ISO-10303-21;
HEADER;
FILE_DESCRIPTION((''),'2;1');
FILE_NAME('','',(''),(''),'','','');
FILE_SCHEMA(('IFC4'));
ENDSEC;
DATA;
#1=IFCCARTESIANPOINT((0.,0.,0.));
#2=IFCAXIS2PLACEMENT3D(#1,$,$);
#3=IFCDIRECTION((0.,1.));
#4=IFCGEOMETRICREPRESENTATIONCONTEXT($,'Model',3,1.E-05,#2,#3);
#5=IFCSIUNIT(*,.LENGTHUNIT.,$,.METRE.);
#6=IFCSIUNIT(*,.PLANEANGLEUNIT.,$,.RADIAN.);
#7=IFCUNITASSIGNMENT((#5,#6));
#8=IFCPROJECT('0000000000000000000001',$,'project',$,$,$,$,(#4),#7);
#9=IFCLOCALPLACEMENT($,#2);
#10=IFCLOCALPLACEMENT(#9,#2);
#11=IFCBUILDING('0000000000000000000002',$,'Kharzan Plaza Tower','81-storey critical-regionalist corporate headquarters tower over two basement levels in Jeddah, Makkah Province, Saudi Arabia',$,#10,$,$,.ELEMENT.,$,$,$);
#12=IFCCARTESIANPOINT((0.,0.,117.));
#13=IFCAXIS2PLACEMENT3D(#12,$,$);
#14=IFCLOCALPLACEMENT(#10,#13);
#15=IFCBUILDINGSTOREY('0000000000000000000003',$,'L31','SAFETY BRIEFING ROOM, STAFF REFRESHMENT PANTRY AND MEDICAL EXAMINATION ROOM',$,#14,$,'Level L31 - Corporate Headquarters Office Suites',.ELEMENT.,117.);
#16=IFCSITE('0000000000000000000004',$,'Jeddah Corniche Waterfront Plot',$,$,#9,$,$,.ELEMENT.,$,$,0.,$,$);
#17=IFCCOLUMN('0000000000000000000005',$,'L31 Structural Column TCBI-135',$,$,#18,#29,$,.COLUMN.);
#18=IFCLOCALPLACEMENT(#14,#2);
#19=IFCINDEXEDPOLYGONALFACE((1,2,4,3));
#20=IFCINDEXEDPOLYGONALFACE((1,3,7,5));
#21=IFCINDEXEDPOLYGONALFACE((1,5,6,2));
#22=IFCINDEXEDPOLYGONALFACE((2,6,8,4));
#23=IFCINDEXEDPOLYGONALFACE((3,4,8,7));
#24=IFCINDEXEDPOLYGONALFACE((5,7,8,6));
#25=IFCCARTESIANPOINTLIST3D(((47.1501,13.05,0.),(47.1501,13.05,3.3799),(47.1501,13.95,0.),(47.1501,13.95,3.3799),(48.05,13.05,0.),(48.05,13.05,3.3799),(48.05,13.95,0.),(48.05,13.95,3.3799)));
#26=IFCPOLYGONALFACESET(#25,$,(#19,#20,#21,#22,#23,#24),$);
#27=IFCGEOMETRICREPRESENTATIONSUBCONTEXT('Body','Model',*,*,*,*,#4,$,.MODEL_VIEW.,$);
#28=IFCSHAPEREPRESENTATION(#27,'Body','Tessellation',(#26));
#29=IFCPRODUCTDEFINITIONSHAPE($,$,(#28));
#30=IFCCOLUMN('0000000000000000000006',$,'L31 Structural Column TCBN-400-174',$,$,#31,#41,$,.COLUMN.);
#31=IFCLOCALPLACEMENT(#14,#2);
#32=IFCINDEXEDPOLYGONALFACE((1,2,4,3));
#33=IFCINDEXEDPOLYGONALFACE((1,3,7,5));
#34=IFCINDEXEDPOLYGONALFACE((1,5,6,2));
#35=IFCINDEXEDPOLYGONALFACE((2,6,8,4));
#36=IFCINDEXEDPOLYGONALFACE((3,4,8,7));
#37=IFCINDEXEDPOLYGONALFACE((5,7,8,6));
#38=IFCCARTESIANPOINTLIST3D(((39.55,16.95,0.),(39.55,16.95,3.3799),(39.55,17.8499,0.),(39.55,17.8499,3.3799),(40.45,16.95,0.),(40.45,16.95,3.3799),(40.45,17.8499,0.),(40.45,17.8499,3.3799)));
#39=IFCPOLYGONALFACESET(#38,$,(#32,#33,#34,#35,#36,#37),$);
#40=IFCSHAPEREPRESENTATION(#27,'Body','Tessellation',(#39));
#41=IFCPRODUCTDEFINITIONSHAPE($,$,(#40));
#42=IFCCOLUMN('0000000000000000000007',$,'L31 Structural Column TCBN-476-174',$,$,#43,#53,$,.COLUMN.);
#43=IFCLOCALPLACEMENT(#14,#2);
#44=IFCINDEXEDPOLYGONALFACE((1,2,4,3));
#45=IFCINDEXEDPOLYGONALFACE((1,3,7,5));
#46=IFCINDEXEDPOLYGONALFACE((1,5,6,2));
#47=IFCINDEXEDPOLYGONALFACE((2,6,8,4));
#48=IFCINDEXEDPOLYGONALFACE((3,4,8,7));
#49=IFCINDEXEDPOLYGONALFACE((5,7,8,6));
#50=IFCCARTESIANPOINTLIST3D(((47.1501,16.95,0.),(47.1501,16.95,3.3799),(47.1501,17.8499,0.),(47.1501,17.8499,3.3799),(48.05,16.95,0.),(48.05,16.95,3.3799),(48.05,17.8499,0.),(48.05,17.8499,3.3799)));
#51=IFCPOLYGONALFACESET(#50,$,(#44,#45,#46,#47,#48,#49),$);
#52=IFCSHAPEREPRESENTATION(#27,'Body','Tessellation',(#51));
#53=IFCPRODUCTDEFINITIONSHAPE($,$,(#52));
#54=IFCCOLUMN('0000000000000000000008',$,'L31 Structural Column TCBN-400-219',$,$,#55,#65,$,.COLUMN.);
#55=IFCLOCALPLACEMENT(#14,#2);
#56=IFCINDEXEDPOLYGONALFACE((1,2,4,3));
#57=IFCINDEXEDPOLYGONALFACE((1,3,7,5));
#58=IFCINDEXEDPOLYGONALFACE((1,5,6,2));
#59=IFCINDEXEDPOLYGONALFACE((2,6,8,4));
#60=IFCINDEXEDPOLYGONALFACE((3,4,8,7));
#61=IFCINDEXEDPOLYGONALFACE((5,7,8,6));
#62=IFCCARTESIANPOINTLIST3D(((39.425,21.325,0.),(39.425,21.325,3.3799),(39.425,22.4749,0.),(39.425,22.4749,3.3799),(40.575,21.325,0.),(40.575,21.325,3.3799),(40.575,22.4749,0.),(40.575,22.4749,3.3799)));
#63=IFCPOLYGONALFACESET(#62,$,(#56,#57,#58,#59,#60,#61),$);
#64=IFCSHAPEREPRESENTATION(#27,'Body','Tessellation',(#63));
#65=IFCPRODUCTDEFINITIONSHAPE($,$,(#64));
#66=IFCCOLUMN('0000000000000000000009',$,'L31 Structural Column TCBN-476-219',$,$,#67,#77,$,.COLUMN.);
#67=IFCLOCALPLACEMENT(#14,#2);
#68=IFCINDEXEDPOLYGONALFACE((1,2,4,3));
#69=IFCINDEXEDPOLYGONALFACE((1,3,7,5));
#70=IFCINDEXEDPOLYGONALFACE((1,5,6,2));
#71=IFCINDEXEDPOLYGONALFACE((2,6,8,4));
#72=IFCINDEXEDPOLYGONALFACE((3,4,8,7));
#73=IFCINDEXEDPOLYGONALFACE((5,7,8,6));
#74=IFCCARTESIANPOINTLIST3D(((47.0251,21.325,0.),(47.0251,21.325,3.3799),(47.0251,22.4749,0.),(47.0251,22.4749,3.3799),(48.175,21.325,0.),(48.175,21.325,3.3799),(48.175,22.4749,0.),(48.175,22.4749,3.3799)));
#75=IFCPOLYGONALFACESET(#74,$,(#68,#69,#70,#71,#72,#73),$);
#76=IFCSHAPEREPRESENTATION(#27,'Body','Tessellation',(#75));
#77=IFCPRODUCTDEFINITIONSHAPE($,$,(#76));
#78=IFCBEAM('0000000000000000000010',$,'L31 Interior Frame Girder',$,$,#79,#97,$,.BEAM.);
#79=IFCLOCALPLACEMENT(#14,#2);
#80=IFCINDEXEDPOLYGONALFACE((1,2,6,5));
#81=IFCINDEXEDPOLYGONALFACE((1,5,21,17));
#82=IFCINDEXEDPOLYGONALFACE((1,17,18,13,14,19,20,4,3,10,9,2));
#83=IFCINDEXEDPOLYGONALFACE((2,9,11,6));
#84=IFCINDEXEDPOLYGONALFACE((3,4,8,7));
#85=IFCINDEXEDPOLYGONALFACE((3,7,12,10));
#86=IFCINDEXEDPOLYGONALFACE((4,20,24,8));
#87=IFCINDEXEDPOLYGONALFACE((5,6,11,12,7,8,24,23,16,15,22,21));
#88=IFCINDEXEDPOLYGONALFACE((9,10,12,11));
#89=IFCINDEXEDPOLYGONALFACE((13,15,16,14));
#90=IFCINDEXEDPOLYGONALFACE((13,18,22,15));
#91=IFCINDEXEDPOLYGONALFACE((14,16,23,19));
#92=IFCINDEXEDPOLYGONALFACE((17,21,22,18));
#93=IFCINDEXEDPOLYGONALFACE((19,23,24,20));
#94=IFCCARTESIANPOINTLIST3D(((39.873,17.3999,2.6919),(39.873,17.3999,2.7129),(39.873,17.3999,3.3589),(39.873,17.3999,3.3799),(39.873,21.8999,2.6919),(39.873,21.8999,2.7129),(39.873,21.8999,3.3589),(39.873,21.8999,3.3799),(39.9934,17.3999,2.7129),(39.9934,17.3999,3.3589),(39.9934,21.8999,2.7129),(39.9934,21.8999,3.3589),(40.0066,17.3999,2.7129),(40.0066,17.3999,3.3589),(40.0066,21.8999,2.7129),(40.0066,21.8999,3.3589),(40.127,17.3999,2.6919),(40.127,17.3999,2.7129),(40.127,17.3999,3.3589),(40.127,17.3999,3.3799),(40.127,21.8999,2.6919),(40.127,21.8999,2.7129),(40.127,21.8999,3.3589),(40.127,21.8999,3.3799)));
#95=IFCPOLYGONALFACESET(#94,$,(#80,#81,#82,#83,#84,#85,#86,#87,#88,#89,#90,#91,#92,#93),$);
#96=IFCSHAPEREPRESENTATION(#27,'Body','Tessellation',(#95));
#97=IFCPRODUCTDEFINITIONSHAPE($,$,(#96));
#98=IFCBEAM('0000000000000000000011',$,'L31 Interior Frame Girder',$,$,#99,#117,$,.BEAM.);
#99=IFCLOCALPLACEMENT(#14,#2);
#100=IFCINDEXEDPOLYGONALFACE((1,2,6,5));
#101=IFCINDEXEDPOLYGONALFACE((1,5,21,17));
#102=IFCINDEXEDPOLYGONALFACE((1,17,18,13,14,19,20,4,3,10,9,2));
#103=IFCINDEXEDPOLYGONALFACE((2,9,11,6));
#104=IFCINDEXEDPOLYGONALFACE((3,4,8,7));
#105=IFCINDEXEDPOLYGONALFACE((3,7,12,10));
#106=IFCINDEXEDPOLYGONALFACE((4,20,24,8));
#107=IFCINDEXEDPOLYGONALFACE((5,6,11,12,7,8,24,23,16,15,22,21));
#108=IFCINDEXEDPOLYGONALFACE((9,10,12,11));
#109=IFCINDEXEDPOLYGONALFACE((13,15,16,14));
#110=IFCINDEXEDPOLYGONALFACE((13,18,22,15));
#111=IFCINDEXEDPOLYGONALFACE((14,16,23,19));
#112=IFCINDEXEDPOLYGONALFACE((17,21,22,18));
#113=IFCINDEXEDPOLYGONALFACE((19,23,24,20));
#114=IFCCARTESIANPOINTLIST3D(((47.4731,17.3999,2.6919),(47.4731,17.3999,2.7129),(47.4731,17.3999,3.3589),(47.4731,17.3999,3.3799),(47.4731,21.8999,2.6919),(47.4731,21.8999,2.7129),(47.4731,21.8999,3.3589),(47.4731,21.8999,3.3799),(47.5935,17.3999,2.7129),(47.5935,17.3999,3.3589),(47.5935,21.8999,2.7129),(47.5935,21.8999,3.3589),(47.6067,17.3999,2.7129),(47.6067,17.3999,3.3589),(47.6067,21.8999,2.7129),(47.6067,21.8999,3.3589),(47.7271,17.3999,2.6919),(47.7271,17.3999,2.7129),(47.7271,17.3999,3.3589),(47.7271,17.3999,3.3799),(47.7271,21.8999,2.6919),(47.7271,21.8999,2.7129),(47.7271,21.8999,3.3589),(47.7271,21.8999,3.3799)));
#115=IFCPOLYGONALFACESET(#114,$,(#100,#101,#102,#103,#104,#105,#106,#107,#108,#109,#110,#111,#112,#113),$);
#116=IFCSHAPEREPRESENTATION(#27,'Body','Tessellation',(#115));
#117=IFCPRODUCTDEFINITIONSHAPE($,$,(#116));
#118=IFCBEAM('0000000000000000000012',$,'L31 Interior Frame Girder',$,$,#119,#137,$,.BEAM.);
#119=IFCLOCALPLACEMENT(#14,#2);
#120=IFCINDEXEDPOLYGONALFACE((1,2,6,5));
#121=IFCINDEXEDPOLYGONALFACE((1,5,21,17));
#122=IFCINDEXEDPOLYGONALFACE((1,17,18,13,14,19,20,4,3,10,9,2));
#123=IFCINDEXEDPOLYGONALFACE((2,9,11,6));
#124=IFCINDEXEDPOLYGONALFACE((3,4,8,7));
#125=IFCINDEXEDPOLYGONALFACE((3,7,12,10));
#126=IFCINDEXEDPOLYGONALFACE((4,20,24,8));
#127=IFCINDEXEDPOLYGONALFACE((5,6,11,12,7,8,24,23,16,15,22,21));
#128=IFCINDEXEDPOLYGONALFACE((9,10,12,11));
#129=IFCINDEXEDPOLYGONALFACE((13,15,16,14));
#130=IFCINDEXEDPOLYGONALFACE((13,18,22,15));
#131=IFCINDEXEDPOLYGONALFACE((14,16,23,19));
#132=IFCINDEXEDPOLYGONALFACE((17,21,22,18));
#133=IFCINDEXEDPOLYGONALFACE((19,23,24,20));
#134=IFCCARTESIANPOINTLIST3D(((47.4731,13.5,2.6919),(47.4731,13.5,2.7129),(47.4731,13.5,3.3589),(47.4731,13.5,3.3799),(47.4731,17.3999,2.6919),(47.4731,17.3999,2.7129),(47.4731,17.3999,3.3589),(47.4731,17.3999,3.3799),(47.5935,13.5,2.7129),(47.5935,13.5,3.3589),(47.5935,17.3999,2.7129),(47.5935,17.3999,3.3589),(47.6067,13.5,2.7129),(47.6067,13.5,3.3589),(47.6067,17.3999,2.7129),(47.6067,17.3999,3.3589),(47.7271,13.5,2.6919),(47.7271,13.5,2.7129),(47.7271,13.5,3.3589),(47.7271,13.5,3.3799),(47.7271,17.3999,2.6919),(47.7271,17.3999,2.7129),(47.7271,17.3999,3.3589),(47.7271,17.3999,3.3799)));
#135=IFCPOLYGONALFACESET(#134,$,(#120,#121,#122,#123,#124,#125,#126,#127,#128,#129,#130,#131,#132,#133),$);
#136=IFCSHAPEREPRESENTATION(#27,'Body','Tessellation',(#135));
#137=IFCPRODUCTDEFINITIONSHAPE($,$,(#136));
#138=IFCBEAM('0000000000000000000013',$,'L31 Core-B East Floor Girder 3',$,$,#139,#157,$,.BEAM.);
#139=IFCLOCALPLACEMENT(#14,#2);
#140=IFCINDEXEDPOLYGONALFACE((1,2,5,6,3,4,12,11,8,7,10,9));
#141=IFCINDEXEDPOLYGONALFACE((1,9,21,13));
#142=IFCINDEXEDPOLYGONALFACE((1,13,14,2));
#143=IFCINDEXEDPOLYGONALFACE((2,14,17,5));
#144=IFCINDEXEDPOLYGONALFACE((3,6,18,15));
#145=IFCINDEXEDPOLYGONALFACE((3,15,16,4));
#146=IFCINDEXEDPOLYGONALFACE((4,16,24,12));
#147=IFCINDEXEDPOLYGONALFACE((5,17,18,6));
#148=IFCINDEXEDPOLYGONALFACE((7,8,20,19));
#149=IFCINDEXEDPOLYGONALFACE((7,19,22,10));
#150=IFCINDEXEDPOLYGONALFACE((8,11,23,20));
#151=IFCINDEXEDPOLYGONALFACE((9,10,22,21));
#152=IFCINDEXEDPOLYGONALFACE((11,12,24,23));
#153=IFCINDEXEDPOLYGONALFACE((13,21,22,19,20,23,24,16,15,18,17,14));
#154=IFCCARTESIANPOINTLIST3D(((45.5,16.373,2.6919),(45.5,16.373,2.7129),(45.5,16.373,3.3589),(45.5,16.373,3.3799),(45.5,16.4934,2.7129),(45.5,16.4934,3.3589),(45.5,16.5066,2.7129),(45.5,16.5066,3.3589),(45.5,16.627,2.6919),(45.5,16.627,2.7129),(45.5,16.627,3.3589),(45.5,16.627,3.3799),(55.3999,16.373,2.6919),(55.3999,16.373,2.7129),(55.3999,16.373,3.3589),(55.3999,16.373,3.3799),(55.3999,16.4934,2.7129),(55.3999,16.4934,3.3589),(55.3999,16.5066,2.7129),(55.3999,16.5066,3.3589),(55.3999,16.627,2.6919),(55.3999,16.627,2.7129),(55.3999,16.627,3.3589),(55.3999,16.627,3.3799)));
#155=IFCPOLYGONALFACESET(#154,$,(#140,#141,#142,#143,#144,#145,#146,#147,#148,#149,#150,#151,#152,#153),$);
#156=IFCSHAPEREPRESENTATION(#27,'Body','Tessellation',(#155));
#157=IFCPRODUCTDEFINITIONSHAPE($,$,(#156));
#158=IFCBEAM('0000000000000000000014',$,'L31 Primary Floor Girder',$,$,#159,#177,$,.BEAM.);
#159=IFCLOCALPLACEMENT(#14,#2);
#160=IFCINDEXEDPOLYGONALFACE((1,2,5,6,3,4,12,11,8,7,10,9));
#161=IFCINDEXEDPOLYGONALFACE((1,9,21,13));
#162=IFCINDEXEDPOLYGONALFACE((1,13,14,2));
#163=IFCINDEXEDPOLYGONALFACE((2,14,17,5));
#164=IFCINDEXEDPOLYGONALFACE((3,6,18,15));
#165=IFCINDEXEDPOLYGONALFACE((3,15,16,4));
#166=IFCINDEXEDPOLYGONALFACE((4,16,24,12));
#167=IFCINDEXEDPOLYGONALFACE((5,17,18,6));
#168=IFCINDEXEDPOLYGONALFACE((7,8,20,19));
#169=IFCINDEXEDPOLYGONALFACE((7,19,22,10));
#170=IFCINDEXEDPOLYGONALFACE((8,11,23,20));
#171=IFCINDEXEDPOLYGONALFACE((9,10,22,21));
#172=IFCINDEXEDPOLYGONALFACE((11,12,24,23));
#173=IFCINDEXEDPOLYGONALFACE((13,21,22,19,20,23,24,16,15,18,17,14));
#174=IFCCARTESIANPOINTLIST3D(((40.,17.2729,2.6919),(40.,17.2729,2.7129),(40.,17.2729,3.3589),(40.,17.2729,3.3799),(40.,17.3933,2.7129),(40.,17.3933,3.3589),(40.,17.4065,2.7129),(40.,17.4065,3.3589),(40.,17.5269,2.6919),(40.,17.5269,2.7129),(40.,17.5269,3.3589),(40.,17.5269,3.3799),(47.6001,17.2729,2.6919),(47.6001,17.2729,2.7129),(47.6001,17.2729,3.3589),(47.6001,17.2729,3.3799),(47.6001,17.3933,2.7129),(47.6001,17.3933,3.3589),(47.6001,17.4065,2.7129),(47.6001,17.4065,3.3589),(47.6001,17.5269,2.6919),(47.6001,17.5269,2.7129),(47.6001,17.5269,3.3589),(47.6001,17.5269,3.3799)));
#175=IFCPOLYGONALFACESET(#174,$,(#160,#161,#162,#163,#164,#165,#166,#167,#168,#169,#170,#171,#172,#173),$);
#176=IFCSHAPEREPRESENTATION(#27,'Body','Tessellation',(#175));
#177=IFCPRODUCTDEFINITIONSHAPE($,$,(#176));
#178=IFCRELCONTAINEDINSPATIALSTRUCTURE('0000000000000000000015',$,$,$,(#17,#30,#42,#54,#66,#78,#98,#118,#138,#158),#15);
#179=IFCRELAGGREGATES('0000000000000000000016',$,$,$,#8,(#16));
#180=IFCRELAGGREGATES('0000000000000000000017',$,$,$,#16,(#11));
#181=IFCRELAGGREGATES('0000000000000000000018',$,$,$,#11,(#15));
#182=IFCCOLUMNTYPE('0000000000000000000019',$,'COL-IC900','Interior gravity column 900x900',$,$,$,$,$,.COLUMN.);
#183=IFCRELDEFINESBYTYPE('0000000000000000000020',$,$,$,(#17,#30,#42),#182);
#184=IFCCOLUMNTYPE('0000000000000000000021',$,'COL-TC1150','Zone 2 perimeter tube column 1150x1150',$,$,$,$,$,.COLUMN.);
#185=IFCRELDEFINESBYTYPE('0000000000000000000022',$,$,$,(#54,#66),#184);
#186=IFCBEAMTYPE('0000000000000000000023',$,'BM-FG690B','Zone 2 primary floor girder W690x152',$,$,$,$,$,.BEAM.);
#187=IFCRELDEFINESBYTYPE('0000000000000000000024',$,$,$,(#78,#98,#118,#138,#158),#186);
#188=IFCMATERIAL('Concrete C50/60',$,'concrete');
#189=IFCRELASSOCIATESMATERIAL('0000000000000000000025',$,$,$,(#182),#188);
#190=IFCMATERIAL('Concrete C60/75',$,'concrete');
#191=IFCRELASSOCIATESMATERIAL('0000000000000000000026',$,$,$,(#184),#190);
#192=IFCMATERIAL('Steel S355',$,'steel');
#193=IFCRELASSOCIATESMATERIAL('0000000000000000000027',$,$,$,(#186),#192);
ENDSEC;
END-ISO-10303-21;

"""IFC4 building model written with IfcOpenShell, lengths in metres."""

from ifc_helpers import new_model, si_unit, direction, frame, origin, origin_2d, place, context, subcontext, project, spatial, rectangle, i_section, extrude, source, transform, mapped, material, material_profile, profile_set, type_object, element, save


model = new_model("IFC4")

# Units and contexts
model_context = context("Model", 3, precision=1e-05, world=origin(), true_north=direction((0.0, 1.0)))
body_context = subcontext(model_context, "Body", "Model", "MODEL_VIEW")
ifc_project = project(units=[si_unit("LENGTHUNIT", "METRE"), si_unit("PLANEANGLEUNIT", "RADIAN")], contexts=[model_context])

# Site, building, storey
site_placement = place(None, origin())
site = spatial("IfcSite", under=ifc_project, at=site_placement, Name="Jeddah Corniche Waterfront Plot", CompositionType="ELEMENT", RefElevation=0.0)
building_placement = place(site_placement, origin())
building = spatial("IfcBuilding", under=site, at=building_placement, Name="Kharzan Plaza Tower", Description="81-storey critical-regionalist corporate headquarters tower over two basement levels in Jeddah, Makkah Province, Saudi Arabia", CompositionType="ELEMENT")
storey_placement = place(building_placement, frame((0.0, 0.0, 117.0)))
storey = spatial("IfcBuildingStorey", under=building, at=storey_placement, Name="L31", Description="SAFETY BRIEFING ROOM, STAFF REFRESHMENT PANTRY AND MEDICAL EXAMINATION ROOM", LongName="Level L31 - Corporate Headquarters Office Suites", CompositionType="ELEMENT", Elevation=117.0)

# Columns
ifc_material_1 = material(Name="Concrete C50/60", Category="concrete")
ifc_material_profile_1 = material_profile(ifc_material_1, rectangle(XDim=0.8999, YDim=0.8999, at=origin_2d()), Name="RC-IC900x900")
ifc_profile_set_1 = profile_set([ifc_material_profile_1], Name="Concrete C50/60")
column_type_1 = type_object("IfcColumnType", Name="COL-IC900", Description="Interior gravity column 900x900", PredefinedType="COLUMN", material=ifc_profile_set_1)
shared_shape_1 = source(origin(), body_context, "Body", "SweptSolid", [
    extrude(rectangle(XDim=0.8999, YDim=0.8999, at=origin_2d()), origin(), (0.0, 0.0, 1.0), 3.3799),
])
for number, where, z_axis, x_axis, name in (
    (1, (47.6001, 13.5, 0.0), (0.0, 0.0, 1.0), (1.0, 0.0, 0.0), "L31 Structural Column TCBI-135"),
    (2, (40.0, 17.3999, 0.0), (0.0, 0.0, 1.0), (1.0, 0.0, 0.0), "L31 Structural Column TCBN-400-174"),
    (3, (47.6001, 17.3999, 0.0), (0.0, 0.0, 1.0), (1.0, 0.0, 0.0), "L31 Structural Column TCBN-476-174"),
):
    element("IfcColumn", number, at=place(storey_placement, frame(where, z_axis=z_axis, x_axis=x_axis)), inside=storey, type_object=column_type_1, Name=name, PredefinedType="COLUMN", context=body_context, shape_type="MappedRepresentation", body=[
        mapped(shared_shape_1, transform((0.0, 0.0, 0.0), x_axis=(1.0, 0.0, 0.0), y_axis=(0.0, 1.0, 0.0), z_axis=(0.0, 0.0, 1.0))),
    ])
ifc_material_2 = material(Name="Concrete C60/75", Category="concrete")
ifc_material_profile_2 = material_profile(ifc_material_2, rectangle(XDim=1.1499, YDim=1.1499, at=origin_2d()), Name="RC-TC1150x1150")
ifc_profile_set_2 = profile_set([ifc_material_profile_2], Name="Concrete C60/75")
column_type_2 = type_object("IfcColumnType", Name="COL-TC1150", Description="Zone 2 perimeter tube column 1150x1150", PredefinedType="COLUMN", material=ifc_profile_set_2)
shared_shape_2 = source(origin(), body_context, "Body", "SweptSolid", [
    extrude(rectangle(XDim=1.1499, YDim=1.1499, at=origin_2d()), origin(), (0.0, 0.0, 1.0), 3.3799),
])
for number, where, z_axis, x_axis, name in (
    (4, (40.0, 21.8999, 0.0), (0.0, 0.0, 1.0), (1.0, 0.0, 0.0), "L31 Structural Column TCBN-400-219"),
    (5, (47.6001, 21.8999, 0.0), (0.0, 0.0, 1.0), (1.0, 0.0, 0.0), "L31 Structural Column TCBN-476-219"),
):
    element("IfcColumn", number, at=place(storey_placement, frame(where, z_axis=z_axis, x_axis=x_axis)), inside=storey, type_object=column_type_2, Name=name, PredefinedType="COLUMN", context=body_context, shape_type="MappedRepresentation", body=[
        mapped(shared_shape_2, transform((0.0, 0.0, 0.0), x_axis=(1.0, 0.0, 0.0), y_axis=(0.0, 1.0, 0.0), z_axis=(0.0, 0.0, 1.0))),
    ])

# Beams
ifc_material_3 = material(Name="Steel S355", Category="steel")
ifc_material_profile_3 = material_profile(ifc_material_3, i_section(OverallWidth=0.2539, OverallDepth=0.688, WebThickness=0.0132, FlangeThickness=0.021, at=origin_2d()), Name="W690x152")
ifc_profile_set_3 = profile_set([ifc_material_profile_3], Name="Steel S355")
beam_type_1 = type_object("IfcBeamType", Name="BM-FG690B", Description="Zone 2 primary floor girder W690x152", PredefinedType="BEAM", material=ifc_profile_set_3)
shared_shape_3 = source(origin(), body_context, "Body", "SweptSolid", [
    extrude(i_section(OverallWidth=0.2539, OverallDepth=0.688, WebThickness=0.0132, FlangeThickness=0.021, at=origin_2d()), origin(), (0.0, 0.0, 1.0), 4.5),
])
for number, where, z_axis, x_axis, name in (
    (6, (40.0, 17.3999, 3.0359), (0.0, 1.0, 0.0), (-1.0, 0.0, 0.0), "L31 Interior Frame Girder"),
    (7, (47.6001, 17.3999, 3.0359), (0.0, 1.0, 0.0), (-1.0, 0.0, 0.0), "L31 Interior Frame Girder"),
):
    element("IfcBeam", number, at=place(storey_placement, frame(where, z_axis=z_axis, x_axis=x_axis)), inside=storey, type_object=beam_type_1, Name=name, PredefinedType="BEAM", context=body_context, shape_type="MappedRepresentation", body=[
        mapped(shared_shape_3, transform((0.0, 0.0, 0.0), x_axis=(1.0, 0.0, 0.0), y_axis=(0.0, 1.0, 0.0), z_axis=(0.0, 0.0, 1.0))),
    ])
shared_shape_4 = source(origin(), body_context, "Body", "SweptSolid", [
    extrude(i_section(OverallWidth=0.2539, OverallDepth=0.688, WebThickness=0.0132, FlangeThickness=0.021, at=origin_2d()), origin(), (0.0, 0.0, 1.0), 3.8999),
])
beam_1_placement = place(storey_placement, frame((47.6001, 13.5, 3.0359), z_axis=(0.0, 1.0, 0.0), x_axis=(-1.0, 0.0, 0.0)))
element("IfcBeam", 8, at=beam_1_placement, inside=storey, type_object=beam_type_1, Name="L31 Interior Frame Girder", PredefinedType="BEAM", context=body_context, shape_type="MappedRepresentation", body=[
    mapped(shared_shape_4, transform((0.0, 0.0, 0.0), x_axis=(1.0, 0.0, 0.0), y_axis=(0.0, 1.0, 0.0), z_axis=(0.0, 0.0, 1.0))),
])
shared_shape_5 = source(origin(), body_context, "Body", "SweptSolid", [
    extrude(i_section(OverallWidth=0.2539, OverallDepth=0.688, WebThickness=0.0132, FlangeThickness=0.021, at=origin_2d()), origin(), (0.0, 0.0, 1.0), 9.8999),
])
beam_2_placement = place(storey_placement, frame((45.5, 16.5, 3.0359), z_axis=(1.0, 0.0, 0.0), x_axis=(0.0, 1.0, 0.0)))
element("IfcBeam", 9, at=beam_2_placement, inside=storey, type_object=beam_type_1, Name="L31 Core-B East Floor Girder 3", PredefinedType="BEAM", context=body_context, shape_type="MappedRepresentation", body=[
    mapped(shared_shape_5, transform((0.0, 0.0, 0.0), x_axis=(1.0, 0.0, 0.0), y_axis=(0.0, 1.0, 0.0), z_axis=(0.0, 0.0, 1.0))),
])
shared_shape_6 = source(origin(), body_context, "Body", "SweptSolid", [
    extrude(i_section(OverallWidth=0.2539, OverallDepth=0.688, WebThickness=0.0132, FlangeThickness=0.021, at=origin_2d()), origin(), (0.0, 0.0, 1.0), 7.6001),
])
beam_3_placement = place(storey_placement, frame((40.0, 17.3999, 3.0359), z_axis=(1.0, 0.0, 0.0), x_axis=(0.0, 1.0, 0.0)))
element("IfcBeam", 10, at=beam_3_placement, inside=storey, type_object=beam_type_1, Name="L31 Primary Floor Girder", PredefinedType="BEAM", context=body_context, shape_type="MappedRepresentation", body=[
    mapped(shared_shape_6, transform((0.0, 0.0, 0.0), x_axis=(1.0, 0.0, 0.0), y_axis=(0.0, 1.0, 0.0), z_axis=(0.0, 0.0, 1.0))),
])

save(model, "model.ifc")
